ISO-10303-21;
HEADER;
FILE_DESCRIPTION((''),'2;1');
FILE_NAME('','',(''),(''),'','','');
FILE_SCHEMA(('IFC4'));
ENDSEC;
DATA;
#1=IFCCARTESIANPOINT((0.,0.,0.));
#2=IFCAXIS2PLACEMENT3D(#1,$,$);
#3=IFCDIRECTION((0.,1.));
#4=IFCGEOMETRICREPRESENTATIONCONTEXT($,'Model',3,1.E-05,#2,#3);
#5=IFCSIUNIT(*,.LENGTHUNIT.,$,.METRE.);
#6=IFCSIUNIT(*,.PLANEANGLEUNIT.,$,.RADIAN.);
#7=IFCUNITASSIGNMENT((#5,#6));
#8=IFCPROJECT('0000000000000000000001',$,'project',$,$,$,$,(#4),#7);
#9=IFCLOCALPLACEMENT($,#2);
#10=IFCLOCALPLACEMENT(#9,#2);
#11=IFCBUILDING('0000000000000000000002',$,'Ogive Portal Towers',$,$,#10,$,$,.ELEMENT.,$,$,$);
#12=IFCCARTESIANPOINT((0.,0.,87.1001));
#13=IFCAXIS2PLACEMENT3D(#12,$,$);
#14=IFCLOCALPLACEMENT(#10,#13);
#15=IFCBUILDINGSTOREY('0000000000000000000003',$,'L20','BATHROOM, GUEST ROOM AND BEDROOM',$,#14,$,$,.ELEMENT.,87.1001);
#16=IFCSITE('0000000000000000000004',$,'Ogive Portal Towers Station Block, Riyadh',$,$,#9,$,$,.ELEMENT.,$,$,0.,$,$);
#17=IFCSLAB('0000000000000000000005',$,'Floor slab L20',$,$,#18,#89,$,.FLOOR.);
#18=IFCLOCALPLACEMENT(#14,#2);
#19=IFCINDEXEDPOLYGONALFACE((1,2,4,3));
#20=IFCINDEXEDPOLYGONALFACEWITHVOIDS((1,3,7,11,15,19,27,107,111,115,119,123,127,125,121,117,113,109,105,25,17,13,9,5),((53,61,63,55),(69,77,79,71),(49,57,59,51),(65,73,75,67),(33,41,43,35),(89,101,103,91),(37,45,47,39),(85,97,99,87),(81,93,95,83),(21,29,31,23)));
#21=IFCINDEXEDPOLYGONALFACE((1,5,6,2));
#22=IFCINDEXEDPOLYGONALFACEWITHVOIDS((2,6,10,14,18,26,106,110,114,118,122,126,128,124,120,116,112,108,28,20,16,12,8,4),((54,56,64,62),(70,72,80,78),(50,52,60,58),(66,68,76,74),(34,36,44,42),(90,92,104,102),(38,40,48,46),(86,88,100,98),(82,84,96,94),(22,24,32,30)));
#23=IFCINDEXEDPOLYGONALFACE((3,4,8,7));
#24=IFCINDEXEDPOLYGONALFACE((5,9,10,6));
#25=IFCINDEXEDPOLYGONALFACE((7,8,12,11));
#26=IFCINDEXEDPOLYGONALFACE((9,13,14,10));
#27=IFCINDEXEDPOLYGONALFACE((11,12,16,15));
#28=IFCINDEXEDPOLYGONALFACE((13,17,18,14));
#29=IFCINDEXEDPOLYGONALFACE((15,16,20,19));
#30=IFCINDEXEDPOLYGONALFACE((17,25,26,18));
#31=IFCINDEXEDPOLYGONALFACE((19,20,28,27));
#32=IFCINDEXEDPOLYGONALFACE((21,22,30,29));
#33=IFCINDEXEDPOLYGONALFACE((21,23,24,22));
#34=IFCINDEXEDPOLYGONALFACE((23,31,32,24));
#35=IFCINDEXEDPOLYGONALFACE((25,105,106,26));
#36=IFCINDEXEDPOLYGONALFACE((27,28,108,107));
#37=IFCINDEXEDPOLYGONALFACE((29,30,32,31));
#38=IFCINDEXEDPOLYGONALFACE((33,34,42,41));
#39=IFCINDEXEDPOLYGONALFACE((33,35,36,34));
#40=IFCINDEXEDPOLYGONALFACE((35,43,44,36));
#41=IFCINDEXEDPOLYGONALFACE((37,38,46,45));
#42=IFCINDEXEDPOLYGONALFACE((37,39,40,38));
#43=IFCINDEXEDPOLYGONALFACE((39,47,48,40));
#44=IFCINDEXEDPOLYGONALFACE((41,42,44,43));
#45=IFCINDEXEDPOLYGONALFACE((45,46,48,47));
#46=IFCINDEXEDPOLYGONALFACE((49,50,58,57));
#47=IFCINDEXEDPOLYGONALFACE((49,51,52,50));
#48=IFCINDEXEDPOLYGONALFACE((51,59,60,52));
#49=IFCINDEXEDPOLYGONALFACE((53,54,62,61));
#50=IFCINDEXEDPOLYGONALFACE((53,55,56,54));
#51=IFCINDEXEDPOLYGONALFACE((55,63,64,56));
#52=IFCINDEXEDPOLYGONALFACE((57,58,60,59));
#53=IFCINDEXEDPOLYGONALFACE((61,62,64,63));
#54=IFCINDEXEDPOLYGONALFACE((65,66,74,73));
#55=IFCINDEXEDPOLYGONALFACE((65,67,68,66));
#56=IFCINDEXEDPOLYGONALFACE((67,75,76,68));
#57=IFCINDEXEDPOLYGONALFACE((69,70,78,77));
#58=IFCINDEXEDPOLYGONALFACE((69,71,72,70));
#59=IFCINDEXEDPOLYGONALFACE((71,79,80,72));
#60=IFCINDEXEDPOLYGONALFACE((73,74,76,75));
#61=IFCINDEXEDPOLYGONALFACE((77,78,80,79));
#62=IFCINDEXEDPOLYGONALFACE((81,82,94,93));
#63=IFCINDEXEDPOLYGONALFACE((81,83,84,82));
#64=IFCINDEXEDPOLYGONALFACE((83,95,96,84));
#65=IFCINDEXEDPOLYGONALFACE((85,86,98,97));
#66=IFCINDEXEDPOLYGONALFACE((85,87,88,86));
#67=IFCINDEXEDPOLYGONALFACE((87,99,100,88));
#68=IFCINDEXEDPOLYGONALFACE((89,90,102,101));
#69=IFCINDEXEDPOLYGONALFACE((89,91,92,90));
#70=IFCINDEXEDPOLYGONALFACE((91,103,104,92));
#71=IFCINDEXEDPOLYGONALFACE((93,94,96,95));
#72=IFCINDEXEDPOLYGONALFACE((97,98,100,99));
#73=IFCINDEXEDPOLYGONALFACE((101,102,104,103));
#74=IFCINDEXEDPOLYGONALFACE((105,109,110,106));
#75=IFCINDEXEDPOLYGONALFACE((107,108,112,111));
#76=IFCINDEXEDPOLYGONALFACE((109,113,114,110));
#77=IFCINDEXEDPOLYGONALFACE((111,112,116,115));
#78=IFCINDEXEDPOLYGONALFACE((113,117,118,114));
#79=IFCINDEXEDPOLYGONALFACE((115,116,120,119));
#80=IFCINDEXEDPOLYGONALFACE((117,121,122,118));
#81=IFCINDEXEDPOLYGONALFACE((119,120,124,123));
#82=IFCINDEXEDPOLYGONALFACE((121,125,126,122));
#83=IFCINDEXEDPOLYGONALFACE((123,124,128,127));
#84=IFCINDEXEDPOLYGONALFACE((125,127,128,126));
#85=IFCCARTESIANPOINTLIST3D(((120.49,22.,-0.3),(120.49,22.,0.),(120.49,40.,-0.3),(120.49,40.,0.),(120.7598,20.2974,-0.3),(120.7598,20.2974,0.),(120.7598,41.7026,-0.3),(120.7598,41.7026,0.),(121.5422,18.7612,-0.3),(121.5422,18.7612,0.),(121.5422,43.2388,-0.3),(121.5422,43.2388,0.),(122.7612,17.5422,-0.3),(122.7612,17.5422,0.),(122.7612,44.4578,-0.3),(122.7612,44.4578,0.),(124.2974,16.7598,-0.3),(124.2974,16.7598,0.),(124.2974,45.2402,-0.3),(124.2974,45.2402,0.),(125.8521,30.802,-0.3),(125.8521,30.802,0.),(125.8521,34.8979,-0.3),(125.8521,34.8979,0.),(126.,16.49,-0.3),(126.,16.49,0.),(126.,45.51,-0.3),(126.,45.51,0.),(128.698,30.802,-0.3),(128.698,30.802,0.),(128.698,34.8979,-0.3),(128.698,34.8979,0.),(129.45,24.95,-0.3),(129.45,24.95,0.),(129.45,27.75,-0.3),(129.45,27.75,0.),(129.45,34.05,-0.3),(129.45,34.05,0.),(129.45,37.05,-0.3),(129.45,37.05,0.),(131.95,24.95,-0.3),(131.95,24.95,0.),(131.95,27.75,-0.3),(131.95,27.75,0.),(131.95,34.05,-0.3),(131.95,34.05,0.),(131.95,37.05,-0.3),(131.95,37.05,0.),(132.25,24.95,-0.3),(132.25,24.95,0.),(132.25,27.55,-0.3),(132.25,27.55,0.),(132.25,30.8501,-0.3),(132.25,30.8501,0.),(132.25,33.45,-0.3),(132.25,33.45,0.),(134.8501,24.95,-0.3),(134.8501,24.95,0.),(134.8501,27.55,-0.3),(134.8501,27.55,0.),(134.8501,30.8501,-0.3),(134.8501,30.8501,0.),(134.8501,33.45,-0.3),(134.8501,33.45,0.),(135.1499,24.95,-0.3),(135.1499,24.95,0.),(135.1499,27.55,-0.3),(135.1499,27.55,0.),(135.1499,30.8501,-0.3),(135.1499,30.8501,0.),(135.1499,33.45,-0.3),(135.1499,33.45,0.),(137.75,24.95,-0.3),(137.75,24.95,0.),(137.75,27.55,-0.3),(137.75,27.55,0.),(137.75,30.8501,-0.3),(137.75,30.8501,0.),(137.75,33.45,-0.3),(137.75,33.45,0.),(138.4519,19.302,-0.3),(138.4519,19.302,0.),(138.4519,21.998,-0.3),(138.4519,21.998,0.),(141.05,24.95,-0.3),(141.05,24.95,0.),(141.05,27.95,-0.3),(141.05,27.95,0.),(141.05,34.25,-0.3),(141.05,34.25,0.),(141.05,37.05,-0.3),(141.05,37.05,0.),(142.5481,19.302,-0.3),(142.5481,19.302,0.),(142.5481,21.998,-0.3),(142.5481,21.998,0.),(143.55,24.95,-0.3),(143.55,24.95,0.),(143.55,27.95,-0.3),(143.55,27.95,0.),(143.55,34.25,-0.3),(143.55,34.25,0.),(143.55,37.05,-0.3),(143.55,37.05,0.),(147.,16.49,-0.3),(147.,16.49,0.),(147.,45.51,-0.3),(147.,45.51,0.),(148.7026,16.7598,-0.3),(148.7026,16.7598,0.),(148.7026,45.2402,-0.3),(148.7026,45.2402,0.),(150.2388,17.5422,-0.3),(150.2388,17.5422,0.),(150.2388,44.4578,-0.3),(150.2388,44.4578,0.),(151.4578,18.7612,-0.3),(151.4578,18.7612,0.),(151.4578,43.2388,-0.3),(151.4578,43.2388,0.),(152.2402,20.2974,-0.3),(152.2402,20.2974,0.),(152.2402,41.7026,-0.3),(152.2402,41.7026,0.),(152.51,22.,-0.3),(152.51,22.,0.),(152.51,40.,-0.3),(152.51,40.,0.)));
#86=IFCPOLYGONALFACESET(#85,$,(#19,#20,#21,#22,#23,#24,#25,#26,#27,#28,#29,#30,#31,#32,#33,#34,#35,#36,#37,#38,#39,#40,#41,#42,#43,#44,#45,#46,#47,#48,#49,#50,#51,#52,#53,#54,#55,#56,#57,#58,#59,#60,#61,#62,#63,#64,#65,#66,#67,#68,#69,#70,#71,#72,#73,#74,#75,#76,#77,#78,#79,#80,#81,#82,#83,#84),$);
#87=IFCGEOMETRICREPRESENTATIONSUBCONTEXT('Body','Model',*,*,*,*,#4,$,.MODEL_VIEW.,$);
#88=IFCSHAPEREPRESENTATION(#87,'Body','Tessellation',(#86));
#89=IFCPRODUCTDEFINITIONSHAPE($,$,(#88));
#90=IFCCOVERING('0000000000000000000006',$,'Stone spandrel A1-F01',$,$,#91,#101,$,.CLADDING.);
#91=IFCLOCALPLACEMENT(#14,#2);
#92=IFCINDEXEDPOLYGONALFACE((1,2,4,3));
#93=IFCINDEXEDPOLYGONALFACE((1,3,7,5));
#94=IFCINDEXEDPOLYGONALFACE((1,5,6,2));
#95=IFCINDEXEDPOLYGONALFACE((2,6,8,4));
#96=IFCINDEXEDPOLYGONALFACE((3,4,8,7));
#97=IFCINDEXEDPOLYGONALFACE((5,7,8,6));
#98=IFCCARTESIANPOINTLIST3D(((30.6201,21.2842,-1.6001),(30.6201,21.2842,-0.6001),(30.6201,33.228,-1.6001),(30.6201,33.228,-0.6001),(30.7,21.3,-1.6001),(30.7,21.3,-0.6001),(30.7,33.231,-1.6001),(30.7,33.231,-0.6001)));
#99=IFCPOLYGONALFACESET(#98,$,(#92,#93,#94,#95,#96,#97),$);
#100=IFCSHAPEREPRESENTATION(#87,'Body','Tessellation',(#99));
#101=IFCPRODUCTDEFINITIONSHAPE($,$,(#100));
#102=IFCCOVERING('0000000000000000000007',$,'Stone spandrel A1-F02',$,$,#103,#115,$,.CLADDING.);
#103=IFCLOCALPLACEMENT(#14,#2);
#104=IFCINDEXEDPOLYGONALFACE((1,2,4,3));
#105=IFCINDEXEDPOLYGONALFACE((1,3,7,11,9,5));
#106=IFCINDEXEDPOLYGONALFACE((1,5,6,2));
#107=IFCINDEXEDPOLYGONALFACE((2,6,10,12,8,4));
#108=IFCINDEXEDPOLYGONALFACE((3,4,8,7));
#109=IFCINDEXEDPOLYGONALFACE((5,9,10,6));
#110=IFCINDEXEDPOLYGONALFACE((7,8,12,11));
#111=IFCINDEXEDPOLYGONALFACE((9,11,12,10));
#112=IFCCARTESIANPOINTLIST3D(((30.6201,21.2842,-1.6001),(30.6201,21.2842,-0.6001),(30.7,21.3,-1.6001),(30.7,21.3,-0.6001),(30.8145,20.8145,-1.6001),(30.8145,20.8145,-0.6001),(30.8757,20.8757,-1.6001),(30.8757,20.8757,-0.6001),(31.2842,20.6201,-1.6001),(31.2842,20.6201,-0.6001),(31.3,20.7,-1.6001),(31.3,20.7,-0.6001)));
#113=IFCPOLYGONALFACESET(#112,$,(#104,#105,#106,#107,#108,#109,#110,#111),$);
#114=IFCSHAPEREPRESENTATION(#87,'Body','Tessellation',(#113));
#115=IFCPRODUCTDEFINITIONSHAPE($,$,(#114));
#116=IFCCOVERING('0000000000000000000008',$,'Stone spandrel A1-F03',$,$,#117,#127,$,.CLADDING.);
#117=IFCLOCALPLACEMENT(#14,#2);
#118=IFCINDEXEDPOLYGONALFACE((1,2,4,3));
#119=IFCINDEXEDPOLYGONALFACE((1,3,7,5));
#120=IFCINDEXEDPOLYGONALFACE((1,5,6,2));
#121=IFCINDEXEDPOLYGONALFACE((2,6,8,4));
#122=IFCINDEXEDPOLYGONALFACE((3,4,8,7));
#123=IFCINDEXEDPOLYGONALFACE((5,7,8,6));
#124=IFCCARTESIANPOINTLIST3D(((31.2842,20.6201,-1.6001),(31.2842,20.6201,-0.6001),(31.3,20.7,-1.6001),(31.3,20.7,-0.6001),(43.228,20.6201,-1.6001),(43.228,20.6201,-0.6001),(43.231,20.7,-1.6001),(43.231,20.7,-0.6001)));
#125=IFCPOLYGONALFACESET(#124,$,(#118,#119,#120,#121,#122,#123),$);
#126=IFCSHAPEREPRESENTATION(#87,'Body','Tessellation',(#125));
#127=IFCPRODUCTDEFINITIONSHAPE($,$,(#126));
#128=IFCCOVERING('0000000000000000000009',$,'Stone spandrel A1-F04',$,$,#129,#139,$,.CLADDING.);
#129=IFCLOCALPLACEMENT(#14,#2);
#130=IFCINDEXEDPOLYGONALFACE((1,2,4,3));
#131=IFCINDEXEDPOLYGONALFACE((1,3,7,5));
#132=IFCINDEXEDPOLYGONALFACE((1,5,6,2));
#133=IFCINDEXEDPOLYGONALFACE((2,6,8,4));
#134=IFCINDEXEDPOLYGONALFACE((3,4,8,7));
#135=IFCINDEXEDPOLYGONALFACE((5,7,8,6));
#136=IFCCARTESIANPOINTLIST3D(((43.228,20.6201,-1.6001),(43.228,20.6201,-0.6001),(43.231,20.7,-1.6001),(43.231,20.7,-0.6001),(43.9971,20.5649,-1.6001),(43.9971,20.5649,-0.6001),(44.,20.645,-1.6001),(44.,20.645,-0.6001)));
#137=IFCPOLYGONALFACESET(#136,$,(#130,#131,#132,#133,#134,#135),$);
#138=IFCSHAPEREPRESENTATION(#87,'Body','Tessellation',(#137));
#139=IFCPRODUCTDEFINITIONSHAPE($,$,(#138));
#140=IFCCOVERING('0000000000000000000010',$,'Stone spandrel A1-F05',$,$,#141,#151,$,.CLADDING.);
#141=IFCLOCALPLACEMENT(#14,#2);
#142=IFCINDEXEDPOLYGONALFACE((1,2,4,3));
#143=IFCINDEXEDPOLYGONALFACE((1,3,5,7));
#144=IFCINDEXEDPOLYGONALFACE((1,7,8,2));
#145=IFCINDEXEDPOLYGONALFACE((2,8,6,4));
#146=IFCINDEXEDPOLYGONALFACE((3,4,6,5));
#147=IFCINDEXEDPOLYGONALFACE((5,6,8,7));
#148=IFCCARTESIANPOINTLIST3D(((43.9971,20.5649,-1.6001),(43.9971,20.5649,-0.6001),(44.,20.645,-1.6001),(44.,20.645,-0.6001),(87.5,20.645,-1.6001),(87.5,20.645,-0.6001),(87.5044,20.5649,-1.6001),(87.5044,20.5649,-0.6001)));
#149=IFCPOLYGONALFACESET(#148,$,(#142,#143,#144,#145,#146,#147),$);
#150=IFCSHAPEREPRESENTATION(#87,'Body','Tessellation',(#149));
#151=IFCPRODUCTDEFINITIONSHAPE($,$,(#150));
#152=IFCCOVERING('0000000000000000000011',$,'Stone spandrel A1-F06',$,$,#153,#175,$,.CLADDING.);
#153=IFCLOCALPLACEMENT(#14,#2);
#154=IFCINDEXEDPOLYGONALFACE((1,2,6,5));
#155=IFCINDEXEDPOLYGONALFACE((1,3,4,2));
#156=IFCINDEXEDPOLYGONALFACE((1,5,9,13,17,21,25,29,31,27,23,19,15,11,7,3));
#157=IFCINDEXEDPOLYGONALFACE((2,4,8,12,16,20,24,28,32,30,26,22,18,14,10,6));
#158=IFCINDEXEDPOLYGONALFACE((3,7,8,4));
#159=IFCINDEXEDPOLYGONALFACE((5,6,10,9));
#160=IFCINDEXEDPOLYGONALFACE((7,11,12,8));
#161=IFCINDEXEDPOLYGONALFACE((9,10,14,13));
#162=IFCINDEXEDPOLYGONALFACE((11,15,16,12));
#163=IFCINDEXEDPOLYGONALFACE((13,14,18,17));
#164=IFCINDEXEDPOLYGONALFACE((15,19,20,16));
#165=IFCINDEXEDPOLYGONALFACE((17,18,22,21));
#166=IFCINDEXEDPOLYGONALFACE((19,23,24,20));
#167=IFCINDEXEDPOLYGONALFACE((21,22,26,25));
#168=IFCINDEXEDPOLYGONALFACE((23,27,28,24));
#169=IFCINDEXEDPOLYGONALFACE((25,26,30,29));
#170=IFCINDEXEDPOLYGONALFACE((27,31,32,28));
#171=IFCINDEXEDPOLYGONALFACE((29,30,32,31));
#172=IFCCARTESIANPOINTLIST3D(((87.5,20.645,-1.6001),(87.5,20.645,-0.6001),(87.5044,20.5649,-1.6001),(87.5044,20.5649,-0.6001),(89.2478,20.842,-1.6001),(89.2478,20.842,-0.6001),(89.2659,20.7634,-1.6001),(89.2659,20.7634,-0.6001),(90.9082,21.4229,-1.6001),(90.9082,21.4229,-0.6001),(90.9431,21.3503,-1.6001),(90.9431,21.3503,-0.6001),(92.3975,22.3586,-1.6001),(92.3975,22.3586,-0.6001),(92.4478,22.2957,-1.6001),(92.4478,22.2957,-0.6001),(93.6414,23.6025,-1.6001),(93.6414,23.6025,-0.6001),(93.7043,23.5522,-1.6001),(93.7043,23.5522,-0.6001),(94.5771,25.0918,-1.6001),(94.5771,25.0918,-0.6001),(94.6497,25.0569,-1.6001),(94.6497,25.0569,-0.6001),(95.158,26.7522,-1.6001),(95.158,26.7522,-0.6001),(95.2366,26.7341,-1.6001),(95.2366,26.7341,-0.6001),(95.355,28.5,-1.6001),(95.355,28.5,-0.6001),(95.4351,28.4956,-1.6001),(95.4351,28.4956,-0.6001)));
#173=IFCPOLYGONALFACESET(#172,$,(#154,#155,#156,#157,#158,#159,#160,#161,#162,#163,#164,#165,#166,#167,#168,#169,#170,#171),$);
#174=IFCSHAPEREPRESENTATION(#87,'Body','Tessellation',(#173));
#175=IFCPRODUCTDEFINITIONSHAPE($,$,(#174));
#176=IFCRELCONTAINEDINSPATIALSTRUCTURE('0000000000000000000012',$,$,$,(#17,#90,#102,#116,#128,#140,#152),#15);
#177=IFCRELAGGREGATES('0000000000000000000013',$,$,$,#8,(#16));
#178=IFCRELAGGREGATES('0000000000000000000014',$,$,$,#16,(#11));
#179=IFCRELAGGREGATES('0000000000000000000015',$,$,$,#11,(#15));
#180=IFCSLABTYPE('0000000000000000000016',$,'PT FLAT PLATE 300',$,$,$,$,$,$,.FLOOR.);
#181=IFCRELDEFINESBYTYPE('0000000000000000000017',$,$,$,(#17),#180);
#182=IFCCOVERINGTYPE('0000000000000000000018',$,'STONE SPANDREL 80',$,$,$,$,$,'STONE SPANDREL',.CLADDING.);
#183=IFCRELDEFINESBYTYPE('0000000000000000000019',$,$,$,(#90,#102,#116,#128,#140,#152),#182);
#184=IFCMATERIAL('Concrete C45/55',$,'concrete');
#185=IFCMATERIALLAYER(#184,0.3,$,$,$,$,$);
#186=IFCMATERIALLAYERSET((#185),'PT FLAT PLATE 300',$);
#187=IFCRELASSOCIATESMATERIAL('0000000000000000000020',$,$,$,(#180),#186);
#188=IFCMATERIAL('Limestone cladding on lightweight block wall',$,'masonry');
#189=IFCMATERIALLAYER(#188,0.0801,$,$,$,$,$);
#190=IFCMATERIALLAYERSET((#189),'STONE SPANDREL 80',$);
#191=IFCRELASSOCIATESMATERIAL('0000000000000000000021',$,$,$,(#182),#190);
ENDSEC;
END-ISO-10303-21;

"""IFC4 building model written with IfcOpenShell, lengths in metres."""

from ifc_helpers import new_model, si_unit, direction, frame, origin, place, context, subcontext, project, spatial, polyline, outline, extrude, material, layer, layer_set, type_object, element, save


model = new_model("IFC4")

# Units and contexts
model_context = context("Model", 3, precision=1e-05, world=origin(), true_north=direction((0.0, 1.0)))
body_context = subcontext(model_context, "Body", "Model", "MODEL_VIEW")
ifc_project = project(units=[si_unit("LENGTHUNIT", "METRE"), si_unit("PLANEANGLEUNIT", "RADIAN")], contexts=[model_context])

# Site, building, storey
site_placement = place(None, origin())
site = spatial("IfcSite", under=ifc_project, at=site_placement, Name="Ogive Portal Towers Station Block, Riyadh", CompositionType="ELEMENT", RefElevation=0.0)
building_placement = place(site_placement, origin())
building = spatial("IfcBuilding", under=site, at=building_placement, Name="Ogive Portal Towers", CompositionType="ELEMENT")
storey_placement = place(building_placement, frame((0.0, 0.0, 87.1001)))
storey = spatial("IfcBuildingStorey", under=building, at=storey_placement, Name="L20", Description="BATHROOM, GUEST ROOM AND BEDROOM", CompositionType="ELEMENT", Elevation=87.1001)

# Slab
ifc_material_1 = material(Name="Concrete C45/55", Category="concrete")
ifc_layer_1 = layer(ifc_material_1, 0.3)
ifc_layer_set_1 = layer_set([ifc_layer_1], Name="PT FLAT PLATE 300")
slab_type = type_object("IfcSlabType", Name="PT FLAT PLATE 300", PredefinedType="FLOOR", material=ifc_layer_set_1)
slab_1_placement = place(storey_placement, frame((0.0, 0.0, -0.3)))
element("IfcSlab", 1, at=slab_1_placement, inside=storey, type_object=slab_type, Name="Floor slab L20", PredefinedType="FLOOR", context=body_context, shape_type="SweptSolid", body=[
    extrude(outline(polyline([(120.49, 40.0), (120.49, 22.0), (120.7598, 20.2974), (121.5422, 18.7612), (122.7612, 17.5422), (124.2974, 16.7598), (126.0, 16.49), (147.0, 16.49), (148.7026, 16.7598), (150.2388, 17.5422), (151.4578, 18.7612), (152.2402, 20.2974), (152.51, 22.0), (152.51, 40.0), (152.2402, 41.7026), (151.4578, 43.2388), (150.2388, 44.4578), (148.7026, 45.2402), (147.0, 45.51), (126.0, 45.51), (124.2974, 45.2402), (122.7612, 44.4578), (121.5422, 43.2388), (120.7598, 41.7026), (120.49, 40.0)]), holes=[polyline([(131.95, 27.75), (131.95, 24.95), (129.45, 24.95), (129.45, 27.75), (131.95, 27.75)]), polyline([(128.698, 34.8979), (128.698, 30.802), (125.8521, 30.802), (125.8521, 34.8979), (128.698, 34.8979)]), polyline([(131.95, 37.05), (131.95, 34.05), (129.45, 34.05), (129.45, 37.05), (131.95, 37.05)]), polyline([(138.4519, 21.998), (142.5481, 21.998), (142.5481, 19.302), (138.4519, 19.302), (138.4519, 21.998)]), polyline([(134.8501, 27.55), (134.8501, 24.95), (132.25, 24.95), (132.25, 27.55), (134.8501, 27.55)]), polyline([(137.75, 27.55), (137.75, 24.95), (135.1499, 24.95), (135.1499, 27.55), (137.75, 27.55)]), polyline([(143.55, 27.95), (143.55, 24.95), (141.05, 24.95), (141.05, 27.95), (143.55, 27.95)]), polyline([(134.8501, 33.45), (134.8501, 30.8501), (132.25, 30.8501), (132.25, 33.45), (134.8501, 33.45)]), polyline([(137.75, 33.45), (137.75, 30.8501), (135.1499, 30.8501), (135.1499, 33.45), (137.75, 33.45)]), polyline([(141.05, 37.05), (143.55, 37.05), (143.55, 34.25), (141.05, 34.25), (141.05, 37.05)])]), origin(), (0.0, 0.0, 1.0), 0.3),
])

# Coverings
ifc_material_2 = material(Name="Limestone cladding on lightweight block wall", Category="masonry")
ifc_layer_2 = layer(ifc_material_2, 0.0801)
ifc_layer_set_2 = layer_set([ifc_layer_2], Name="STONE SPANDREL 80")
covering_type_1 = type_object("IfcCoveringType", Name="STONE SPANDREL 80", ElementType="STONE SPANDREL", PredefinedType="CLADDING", material=ifc_layer_set_2)
covering_1_placement = place(storey_placement, frame((0.0, 0.0, -1.6001)))
element("IfcCovering", 2, at=covering_1_placement, inside=storey, type_object=covering_type_1, Name="Stone spandrel A1-F01", PredefinedType="CLADDING", context=body_context, shape_type="SweptSolid", body=[
    extrude(outline(polyline([(30.7, 33.231), (30.7, 21.3), (30.6201, 21.2842), (30.6201, 33.228), (30.7, 33.231)])), origin(), (0.0, 0.0, 1.0), 1.0),
])
covering_2_placement = place(storey_placement, frame((0.0, 0.0, -1.6001)))
element("IfcCovering", 3, at=covering_2_placement, inside=storey, type_object=covering_type_1, Name="Stone spandrel A1-F02", PredefinedType="CLADDING", context=body_context, shape_type="SweptSolid", body=[
    extrude(outline(polyline([(30.7, 21.3), (30.8757, 20.8757), (31.3, 20.7), (31.2842, 20.6201), (30.8145, 20.8145), (30.6201, 21.2842), (30.7, 21.3)])), origin(), (0.0, 0.0, 1.0), 1.0),
])
covering_3_placement = place(storey_placement, frame((0.0, 0.0, -1.6001)))
element("IfcCovering", 4, at=covering_3_placement, inside=storey, type_object=covering_type_1, Name="Stone spandrel A1-F03", PredefinedType="CLADDING", context=body_context, shape_type="SweptSolid", body=[
    extrude(outline(polyline([(31.3, 20.7), (43.231, 20.7), (43.228, 20.6201), (31.2842, 20.6201), (31.3, 20.7)])), origin(), (0.0, 0.0, 1.0), 1.0),
])
covering_4_placement = place(storey_placement, frame((0.0, 0.0, -1.6001)))
element("IfcCovering", 5, at=covering_4_placement, inside=storey, type_object=covering_type_1, Name="Stone spandrel A1-F04", PredefinedType="CLADDING", context=body_context, shape_type="SweptSolid", body=[
    extrude(outline(polyline([(43.231, 20.7), (44.0, 20.645), (43.9971, 20.5649), (43.228, 20.6201), (43.231, 20.7)])), origin(), (0.0, 0.0, 1.0), 1.0),
])
covering_5_placement = place(storey_placement, frame((0.0, 0.0, -1.6001)))
element("IfcCovering", 6, at=covering_5_placement, inside=storey, type_object=covering_type_1, Name="Stone spandrel A1-F05", PredefinedType="CLADDING", context=body_context, shape_type="SweptSolid", body=[
    extrude(outline(polyline([(44.0, 20.645), (87.5, 20.645), (87.5044, 20.5649), (43.9971, 20.5649), (44.0, 20.645)])), origin(), (0.0, 0.0, 1.0), 1.0),
])
covering_6_placement = place(storey_placement, frame((0.0, 0.0, -1.6001)))
element("IfcCovering", 7, at=covering_6_placement, inside=storey, type_object=covering_type_1, Name="Stone spandrel A1-F06", PredefinedType="CLADDING", context=body_context, shape_type="SweptSolid", body=[
    extrude(outline(polyline([(87.5, 20.645), (89.2478, 20.842), (90.9082, 21.4229), (92.3975, 22.3586), (93.6414, 23.6025), (94.5771, 25.0918), (95.158, 26.7522), (95.355, 28.5), (95.4351, 28.4956), (95.2366, 26.7341), (94.6497, 25.0569), (93.7043, 23.5522), (92.4478, 22.2957), (90.9431, 21.3503), (89.2659, 20.7634), (87.5044, 20.5649), (87.5, 20.645)])), origin(), (0.0, 0.0, 1.0), 1.0),
])

save(model, "model.ifc")
